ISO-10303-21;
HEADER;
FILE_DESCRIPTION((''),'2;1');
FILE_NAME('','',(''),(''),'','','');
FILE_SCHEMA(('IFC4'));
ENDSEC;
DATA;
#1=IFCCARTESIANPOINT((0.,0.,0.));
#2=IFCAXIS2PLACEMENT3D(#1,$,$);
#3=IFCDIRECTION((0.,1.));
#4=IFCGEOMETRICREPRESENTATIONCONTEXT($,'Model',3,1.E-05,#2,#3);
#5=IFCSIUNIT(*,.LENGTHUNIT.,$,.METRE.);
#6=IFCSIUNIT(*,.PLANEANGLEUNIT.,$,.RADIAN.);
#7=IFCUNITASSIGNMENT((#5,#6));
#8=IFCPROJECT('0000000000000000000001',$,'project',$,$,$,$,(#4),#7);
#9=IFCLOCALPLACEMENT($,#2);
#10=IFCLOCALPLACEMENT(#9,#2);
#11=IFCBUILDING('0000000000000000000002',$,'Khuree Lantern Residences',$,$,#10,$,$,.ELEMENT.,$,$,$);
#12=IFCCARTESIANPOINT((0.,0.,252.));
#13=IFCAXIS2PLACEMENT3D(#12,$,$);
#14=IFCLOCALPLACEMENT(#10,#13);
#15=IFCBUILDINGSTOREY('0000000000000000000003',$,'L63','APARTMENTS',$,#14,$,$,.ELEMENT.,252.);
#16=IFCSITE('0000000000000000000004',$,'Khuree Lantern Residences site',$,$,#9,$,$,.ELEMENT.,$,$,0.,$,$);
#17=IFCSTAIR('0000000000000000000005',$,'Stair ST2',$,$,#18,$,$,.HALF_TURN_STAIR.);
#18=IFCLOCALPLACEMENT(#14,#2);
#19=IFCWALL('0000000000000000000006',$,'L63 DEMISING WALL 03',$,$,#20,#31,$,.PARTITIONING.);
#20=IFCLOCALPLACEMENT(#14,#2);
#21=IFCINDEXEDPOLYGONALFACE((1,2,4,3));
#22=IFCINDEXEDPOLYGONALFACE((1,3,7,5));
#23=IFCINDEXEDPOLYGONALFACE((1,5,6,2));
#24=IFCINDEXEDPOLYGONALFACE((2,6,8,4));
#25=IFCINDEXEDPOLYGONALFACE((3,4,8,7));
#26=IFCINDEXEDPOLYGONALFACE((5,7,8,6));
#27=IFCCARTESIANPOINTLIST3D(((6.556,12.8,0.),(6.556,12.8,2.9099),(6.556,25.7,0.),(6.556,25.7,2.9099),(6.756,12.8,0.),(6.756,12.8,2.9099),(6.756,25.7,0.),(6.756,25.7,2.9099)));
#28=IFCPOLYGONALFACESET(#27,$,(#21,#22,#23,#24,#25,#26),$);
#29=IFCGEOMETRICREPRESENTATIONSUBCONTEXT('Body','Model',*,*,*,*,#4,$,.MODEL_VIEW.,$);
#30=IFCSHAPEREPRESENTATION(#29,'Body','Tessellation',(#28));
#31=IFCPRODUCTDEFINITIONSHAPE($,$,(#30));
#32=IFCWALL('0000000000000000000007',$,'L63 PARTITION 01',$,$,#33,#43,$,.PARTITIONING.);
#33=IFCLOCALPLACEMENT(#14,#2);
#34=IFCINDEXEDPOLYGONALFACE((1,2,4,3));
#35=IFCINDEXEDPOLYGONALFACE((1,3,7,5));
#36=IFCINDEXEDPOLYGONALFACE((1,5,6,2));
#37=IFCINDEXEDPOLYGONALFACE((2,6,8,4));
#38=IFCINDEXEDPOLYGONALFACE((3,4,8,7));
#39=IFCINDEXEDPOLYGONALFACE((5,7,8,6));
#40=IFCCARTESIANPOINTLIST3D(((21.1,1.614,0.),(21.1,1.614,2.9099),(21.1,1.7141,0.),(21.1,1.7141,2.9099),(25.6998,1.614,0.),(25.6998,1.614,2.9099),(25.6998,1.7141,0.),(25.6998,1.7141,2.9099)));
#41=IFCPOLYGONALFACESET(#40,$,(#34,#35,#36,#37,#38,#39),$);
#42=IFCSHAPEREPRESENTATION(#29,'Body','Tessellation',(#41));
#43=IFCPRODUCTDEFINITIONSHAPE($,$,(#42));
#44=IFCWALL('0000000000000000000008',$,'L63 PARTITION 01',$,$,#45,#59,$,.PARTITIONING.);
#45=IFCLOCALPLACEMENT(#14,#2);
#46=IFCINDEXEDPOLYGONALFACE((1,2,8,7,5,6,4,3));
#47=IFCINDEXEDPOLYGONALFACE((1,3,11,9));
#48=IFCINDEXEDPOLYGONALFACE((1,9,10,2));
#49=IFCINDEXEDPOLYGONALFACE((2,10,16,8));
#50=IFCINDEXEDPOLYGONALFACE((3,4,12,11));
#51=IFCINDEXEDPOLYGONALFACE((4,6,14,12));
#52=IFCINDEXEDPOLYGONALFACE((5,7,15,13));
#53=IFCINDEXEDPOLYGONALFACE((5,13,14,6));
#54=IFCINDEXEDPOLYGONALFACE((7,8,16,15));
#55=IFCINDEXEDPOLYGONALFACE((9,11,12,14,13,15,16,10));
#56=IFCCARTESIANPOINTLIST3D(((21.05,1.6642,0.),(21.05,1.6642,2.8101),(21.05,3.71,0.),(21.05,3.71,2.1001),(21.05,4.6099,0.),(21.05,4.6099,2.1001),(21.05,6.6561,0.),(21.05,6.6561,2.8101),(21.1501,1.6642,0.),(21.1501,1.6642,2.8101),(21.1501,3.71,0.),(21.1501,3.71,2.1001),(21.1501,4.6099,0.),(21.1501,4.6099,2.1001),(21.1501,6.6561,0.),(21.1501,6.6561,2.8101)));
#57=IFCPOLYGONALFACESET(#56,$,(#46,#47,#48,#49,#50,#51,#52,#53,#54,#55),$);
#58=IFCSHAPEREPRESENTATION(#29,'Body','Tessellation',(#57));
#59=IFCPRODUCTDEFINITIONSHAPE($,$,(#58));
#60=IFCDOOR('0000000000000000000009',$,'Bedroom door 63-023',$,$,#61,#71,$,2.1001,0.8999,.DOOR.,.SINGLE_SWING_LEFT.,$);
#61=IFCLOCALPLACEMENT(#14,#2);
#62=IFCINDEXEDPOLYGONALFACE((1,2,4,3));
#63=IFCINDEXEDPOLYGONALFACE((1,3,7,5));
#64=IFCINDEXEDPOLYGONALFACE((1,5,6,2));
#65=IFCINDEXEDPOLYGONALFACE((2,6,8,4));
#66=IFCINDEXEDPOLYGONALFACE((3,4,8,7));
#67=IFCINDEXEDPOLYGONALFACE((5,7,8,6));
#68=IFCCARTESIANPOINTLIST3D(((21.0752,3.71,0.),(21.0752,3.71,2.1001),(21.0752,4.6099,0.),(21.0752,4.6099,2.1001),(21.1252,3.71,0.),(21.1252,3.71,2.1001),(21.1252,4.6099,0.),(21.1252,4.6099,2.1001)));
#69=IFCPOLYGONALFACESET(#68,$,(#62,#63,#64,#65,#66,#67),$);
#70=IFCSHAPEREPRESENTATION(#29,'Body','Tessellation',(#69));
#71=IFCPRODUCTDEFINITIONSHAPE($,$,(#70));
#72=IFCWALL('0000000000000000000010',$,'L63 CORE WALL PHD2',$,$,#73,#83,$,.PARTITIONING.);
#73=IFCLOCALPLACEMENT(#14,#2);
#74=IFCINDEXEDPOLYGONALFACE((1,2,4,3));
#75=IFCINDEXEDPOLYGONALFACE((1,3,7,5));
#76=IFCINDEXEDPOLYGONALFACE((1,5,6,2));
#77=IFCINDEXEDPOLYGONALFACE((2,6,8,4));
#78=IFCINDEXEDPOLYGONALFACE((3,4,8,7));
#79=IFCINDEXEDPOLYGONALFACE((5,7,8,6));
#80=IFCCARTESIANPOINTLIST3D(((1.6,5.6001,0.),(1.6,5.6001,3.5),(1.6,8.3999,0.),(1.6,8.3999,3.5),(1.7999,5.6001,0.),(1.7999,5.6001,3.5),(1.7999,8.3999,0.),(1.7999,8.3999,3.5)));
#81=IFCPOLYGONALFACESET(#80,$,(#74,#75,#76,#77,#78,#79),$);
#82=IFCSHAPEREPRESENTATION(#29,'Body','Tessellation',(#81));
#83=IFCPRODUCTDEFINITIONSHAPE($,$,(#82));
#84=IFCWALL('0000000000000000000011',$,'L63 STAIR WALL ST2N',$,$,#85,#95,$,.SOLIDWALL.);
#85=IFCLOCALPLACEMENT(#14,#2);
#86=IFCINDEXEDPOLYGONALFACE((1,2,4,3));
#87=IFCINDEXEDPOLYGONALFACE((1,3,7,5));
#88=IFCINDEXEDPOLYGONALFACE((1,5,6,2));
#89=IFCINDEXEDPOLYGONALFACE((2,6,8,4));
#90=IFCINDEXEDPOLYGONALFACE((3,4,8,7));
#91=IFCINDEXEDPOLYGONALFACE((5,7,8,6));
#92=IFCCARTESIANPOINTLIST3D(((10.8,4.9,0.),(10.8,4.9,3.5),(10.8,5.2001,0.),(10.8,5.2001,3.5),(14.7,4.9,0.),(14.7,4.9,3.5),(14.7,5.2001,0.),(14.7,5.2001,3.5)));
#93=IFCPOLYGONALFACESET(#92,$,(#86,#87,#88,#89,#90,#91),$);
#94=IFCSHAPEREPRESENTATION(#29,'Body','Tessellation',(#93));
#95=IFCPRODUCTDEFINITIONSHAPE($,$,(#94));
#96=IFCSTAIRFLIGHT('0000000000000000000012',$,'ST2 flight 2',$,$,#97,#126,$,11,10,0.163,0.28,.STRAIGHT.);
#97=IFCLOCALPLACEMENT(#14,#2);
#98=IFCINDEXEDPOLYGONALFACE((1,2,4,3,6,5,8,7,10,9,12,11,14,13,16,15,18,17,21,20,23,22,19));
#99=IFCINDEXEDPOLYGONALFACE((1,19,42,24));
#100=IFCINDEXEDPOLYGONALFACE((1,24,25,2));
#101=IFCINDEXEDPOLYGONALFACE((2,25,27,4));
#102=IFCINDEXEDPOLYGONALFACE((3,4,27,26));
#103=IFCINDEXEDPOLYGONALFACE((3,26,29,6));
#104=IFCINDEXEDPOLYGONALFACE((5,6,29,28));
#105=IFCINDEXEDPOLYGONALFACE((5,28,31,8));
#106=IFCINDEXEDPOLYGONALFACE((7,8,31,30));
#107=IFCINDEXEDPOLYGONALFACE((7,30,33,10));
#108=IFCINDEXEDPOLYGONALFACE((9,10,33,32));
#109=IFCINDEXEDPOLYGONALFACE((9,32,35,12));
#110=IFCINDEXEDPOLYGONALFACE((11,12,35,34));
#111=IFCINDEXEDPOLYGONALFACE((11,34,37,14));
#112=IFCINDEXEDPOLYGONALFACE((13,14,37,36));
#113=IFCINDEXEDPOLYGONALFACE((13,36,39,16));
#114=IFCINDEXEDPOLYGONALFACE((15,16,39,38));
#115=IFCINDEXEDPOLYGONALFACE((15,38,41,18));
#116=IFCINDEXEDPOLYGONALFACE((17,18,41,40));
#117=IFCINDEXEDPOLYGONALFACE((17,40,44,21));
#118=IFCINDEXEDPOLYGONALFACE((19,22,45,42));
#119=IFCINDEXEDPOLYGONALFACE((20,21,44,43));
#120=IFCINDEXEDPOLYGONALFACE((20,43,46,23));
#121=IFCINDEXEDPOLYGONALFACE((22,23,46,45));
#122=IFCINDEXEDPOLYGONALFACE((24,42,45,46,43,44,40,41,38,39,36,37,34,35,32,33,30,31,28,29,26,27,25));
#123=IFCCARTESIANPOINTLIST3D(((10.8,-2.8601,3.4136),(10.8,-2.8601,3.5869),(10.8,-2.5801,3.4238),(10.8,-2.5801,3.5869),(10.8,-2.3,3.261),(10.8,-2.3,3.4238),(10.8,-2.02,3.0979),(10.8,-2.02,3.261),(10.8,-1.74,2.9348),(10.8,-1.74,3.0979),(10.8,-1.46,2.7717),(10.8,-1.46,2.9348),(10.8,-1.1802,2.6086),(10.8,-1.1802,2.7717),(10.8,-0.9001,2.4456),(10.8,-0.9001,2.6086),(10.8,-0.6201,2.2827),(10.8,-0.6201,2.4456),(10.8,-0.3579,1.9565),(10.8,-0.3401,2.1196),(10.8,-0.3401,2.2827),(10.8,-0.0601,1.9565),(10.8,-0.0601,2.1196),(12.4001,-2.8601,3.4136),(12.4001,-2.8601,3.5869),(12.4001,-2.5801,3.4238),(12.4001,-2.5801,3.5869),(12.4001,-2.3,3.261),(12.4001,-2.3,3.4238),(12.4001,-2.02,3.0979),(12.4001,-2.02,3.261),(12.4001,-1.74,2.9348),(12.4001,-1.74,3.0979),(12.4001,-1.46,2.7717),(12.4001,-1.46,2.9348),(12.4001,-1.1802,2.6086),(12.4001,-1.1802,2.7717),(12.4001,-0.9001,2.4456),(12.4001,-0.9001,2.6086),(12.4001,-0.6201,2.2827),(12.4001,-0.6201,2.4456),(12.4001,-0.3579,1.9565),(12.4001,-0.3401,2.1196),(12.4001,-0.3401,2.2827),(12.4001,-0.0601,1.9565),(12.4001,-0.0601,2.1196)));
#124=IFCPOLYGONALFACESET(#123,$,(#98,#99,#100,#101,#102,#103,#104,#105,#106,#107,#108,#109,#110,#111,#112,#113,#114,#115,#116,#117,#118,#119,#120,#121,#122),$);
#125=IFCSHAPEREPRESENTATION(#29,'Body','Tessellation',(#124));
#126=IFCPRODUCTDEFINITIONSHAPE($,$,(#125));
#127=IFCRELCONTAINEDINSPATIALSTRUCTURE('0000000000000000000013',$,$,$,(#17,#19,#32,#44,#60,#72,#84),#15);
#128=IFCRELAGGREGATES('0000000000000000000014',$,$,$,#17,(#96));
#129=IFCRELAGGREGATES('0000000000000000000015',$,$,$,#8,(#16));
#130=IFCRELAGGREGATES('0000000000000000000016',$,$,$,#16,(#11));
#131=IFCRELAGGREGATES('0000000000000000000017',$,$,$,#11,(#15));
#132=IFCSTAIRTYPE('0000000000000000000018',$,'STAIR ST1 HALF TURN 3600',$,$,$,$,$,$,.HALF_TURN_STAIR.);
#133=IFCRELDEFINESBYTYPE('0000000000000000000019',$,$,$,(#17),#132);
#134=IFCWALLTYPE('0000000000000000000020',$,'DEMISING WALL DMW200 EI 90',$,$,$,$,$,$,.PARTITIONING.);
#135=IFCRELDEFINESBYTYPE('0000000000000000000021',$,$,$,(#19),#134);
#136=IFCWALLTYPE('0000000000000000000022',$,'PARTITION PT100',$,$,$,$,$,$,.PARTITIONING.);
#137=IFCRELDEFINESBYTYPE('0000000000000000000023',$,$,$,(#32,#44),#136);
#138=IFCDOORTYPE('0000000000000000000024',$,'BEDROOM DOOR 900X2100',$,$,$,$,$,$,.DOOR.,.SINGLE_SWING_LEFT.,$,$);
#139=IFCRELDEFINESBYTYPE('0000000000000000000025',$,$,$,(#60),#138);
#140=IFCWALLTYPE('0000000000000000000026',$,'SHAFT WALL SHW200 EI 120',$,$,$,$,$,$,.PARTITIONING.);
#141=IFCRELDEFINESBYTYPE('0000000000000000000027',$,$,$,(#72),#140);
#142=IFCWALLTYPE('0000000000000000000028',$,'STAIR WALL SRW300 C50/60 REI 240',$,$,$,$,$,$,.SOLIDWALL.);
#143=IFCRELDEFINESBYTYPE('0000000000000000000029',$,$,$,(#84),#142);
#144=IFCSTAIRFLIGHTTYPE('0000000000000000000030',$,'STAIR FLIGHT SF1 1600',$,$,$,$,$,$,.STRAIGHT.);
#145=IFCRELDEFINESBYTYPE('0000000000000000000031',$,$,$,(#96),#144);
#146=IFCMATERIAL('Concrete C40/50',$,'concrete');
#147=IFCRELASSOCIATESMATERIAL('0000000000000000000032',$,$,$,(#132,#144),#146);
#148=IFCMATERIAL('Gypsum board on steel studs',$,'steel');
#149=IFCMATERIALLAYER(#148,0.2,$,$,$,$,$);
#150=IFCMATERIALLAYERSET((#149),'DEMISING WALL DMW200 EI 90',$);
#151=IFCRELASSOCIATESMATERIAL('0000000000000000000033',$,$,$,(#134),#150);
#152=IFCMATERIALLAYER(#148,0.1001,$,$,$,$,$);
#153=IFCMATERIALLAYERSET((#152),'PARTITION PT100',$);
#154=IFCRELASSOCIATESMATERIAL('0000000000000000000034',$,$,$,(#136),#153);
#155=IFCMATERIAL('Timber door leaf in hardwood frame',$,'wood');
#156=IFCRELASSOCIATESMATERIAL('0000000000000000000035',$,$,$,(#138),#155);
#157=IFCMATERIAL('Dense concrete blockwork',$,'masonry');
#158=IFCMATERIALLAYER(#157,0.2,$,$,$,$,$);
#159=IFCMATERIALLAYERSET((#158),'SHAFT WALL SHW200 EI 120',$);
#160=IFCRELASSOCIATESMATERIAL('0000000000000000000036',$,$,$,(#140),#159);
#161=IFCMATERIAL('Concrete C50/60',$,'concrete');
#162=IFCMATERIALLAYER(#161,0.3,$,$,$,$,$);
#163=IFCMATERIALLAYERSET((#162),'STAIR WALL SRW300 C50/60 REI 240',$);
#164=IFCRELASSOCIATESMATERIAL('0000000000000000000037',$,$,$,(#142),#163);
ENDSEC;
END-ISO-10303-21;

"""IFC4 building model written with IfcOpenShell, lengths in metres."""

from ifc_helpers import new_model, si_unit, direction, frame, frame_2d, origin, place, context, subcontext, project, spatial, polyline, rectangle, outline, extrude, material, layer, layer_set, type_object, element, fill, aggregate, save


model = new_model("IFC4")

# Units and contexts
model_context = context("Model", 3, precision=1e-05, world=origin(), true_north=direction((0.0, 1.0)))
body_context = subcontext(model_context, "Body", "Model", "MODEL_VIEW")
ifc_project = project(units=[si_unit("LENGTHUNIT", "METRE"), si_unit("PLANEANGLEUNIT", "RADIAN")], contexts=[model_context])

# Site, building, storey
site_placement = place(None, origin())
site = spatial("IfcSite", under=ifc_project, at=site_placement, Name="Khuree Lantern Residences site", CompositionType="ELEMENT", RefElevation=0.0)
building_placement = place(site_placement, origin())
building = spatial("IfcBuilding", under=site, at=building_placement, Name="Khuree Lantern Residences", CompositionType="ELEMENT")
storey_placement = place(building_placement, frame((0.0, 0.0, 252.0)))
storey = spatial("IfcBuildingStorey", under=building, at=storey_placement, Name="L63", Description="APARTMENTS", CompositionType="ELEMENT", Elevation=252.0)

# Shared definitions
ifc_material_1 = material(Name="Concrete C50/60", Category="concrete")

# Stair
ifc_material_2 = material(Name="Concrete C40/50", Category="concrete")
stair_type = type_object("IfcStairType", Name="STAIR ST1 HALF TURN 3600", PredefinedType="HALF_TURN_STAIR", material=ifc_material_2)
stair_1_placement = place(storey_placement, origin())
stair_1 = element("IfcStair", 1, at=stair_1_placement, inside=storey, type_object=stair_type, Name="Stair ST2", PredefinedType="HALF_TURN_STAIR")

# Shared definitions
ifc_material_3 = material(Name="Timber door leaf in hardwood frame", Category="wood")

# Shared definitions
ifc_material_4 = material(Name="Dense concrete blockwork", Category="masonry")

# Walls
ifc_material_5 = material(Name="Gypsum board on steel studs", Category="steel")
ifc_layer_1 = layer(ifc_material_5, 0.2)
ifc_layer_set_1 = layer_set([ifc_layer_1], Name="DEMISING WALL DMW200 EI 90")
wall_type_1 = type_object("IfcWallType", Name="DEMISING WALL DMW200 EI 90", PredefinedType="PARTITIONING", material=ifc_layer_set_1)
wall_1_placement = place(storey_placement, frame((6.656, 12.8, 0.0), z_axis=(0.0, 0.0, 1.0), x_axis=(0.0, 1.0, 0.0)))
element("IfcWall", 2, at=wall_1_placement, inside=storey, type_object=wall_type_1, Name="L63 DEMISING WALL 03", PredefinedType="PARTITIONING", context=body_context, shape_type="SweptSolid", body=[
    extrude(rectangle(XDim=12.8999, YDim=0.2, at=frame_2d((6.45, 0.0))), origin(), (0.0, 0.0, 1.0), 2.9099),
])
ifc_layer_2 = layer(ifc_material_5, 0.1001)
ifc_layer_set_2 = layer_set([ifc_layer_2], Name="PARTITION PT100")
wall_type_2 = type_object("IfcWallType", Name="PARTITION PT100", PredefinedType="PARTITIONING", material=ifc_layer_set_2)
wall_2_placement = place(storey_placement, frame((21.1001, 1.6641, 0.0), z_axis=(0.0, 0.0, 1.0), x_axis=(1.0, 0.0, 0.0)))
element("IfcWall", 3, at=wall_2_placement, inside=storey, type_object=wall_type_2, Name="L63 PARTITION 01", PredefinedType="PARTITIONING", context=body_context, shape_type="SweptSolid", body=[
    extrude(rectangle(XDim=4.5999, YDim=0.1001, at=frame_2d((2.2998, 0.0))), origin(), (0.0, 0.0, 1.0), 2.9099),
])

# Wall, opening, door
wall_3_placement = place(storey_placement, frame((21.1001, 1.6641, 0.0), z_axis=(0.0, 0.0, 1.0), x_axis=(0.0, 1.0, 0.0)))
wall_3 = element("IfcWall", 4, at=wall_3_placement, inside=storey, type_object=wall_type_2, Name="L63 PARTITION 01", PredefinedType="PARTITIONING", context=body_context, shape_type="SweptSolid", body=[
    extrude(rectangle(XDim=4.9919, YDim=0.1001, at=frame_2d((2.4961, 0.0))), origin(), (0.0, 0.0, 1.0), 2.8101),
])
opening_1_placement = place(wall_3_placement, frame((2.0459, 0.0, 0.0)))
opening_1 = element("IfcOpeningElement", 5, at=opening_1_placement, cuts=wall_3, PredefinedType="OPENING", context=body_context, shape_type="SweptSolid", body=[
    extrude(rectangle(XDim=0.8999, YDim=2.1001, at=frame_2d((0.45, 1.05))), frame((0.0, 0.0601, 0.0), z_axis=(0.0, -1.0, 0.0), x_axis=(1.0, 0.0, 0.0)), (0.0, 0.0, 1.0), 0.1201),
])
door_type_1 = type_object("IfcDoorType", Name="BEDROOM DOOR 900X2100", OperationType="SINGLE_SWING_LEFT", PredefinedType="DOOR", material=ifc_material_3)
door_1_placement = place(opening_1_placement, origin())
door_1 = element("IfcDoor", 6, at=door_1_placement, inside=storey, type_object=door_type_1, Name="Bedroom door 63-023", OperationType="SINGLE_SWING_LEFT", OverallHeight=2.1001, OverallWidth=0.8999, PredefinedType="DOOR", context=body_context, shape_type="SweptSolid", body=[
    extrude(rectangle(XDim=0.8999, YDim=2.1001, at=frame_2d((0.45, 1.05))), frame((0.0, 0.0249, 0.0), z_axis=(0.0, -1.0, 0.0), x_axis=(1.0, 0.0, 0.0)), (0.0, 0.0, 1.0), 0.05),
])
fill(opening_1, door_1)

# Walls
ifc_layer_3 = layer(ifc_material_4, 0.2)
ifc_layer_set_3 = layer_set([ifc_layer_3], Name="SHAFT WALL SHW200 EI 120")
wall_type_3 = type_object("IfcWallType", Name="SHAFT WALL SHW200 EI 120", PredefinedType="PARTITIONING", material=ifc_layer_set_3)
wall_4_placement = place(storey_placement, frame((1.7, 5.6001, 0.0), z_axis=(0.0, 0.0, 1.0), x_axis=(0.0, 1.0, 0.0)))
element("IfcWall", 7, at=wall_4_placement, inside=storey, type_object=wall_type_3, Name="L63 CORE WALL PHD2", PredefinedType="PARTITIONING", context=body_context, shape_type="SweptSolid", body=[
    extrude(rectangle(XDim=2.7998, YDim=0.2, at=frame_2d((1.3999, 0.0))), origin(), (0.0, 0.0, 1.0), 3.5),
])
ifc_layer_4 = layer(ifc_material_1, 0.3)
ifc_layer_set_4 = layer_set([ifc_layer_4], Name="STAIR WALL SRW300 C50/60 REI 240")
wall_type_4 = type_object("IfcWallType", Name="STAIR WALL SRW300 C50/60 REI 240", PredefinedType="SOLIDWALL", material=ifc_layer_set_4)
wall_5_placement = place(storey_placement, frame((14.7, 5.05, 0.0), z_axis=(0.0, 0.0, 1.0), x_axis=(-1.0, 0.0, 0.0)))
element("IfcWall", 8, at=wall_5_placement, inside=storey, type_object=wall_type_4, Name="L63 STAIR WALL ST2N", PredefinedType="SOLIDWALL", context=body_context, shape_type="SweptSolid", body=[
    extrude(rectangle(XDim=3.8999, YDim=0.3, at=frame_2d((1.95, 0.0))), origin(), (0.0, 0.0, 1.0), 3.5),
])

# Stair flight
stair_flight_type = type_object("IfcStairFlightType", Name="STAIR FLIGHT SF1 1600", PredefinedType="STRAIGHT", material=ifc_material_2)
stair_flight_placement = place(storey_placement, frame((11.6001, -0.0601, 1.9565), z_axis=(0.0, 0.0, 1.0), x_axis=(0.0, -1.0, 0.0)))
stair_flight = element("IfcStairFlight", 9, at=stair_flight_placement, type_object=stair_flight_type, Name="ST2 flight 2", NumberOfRisers=11, NumberOfTreads=10, PredefinedType="STRAIGHT", RiserHeight=0.163, TreadLength=0.28, context=body_context, shape_type="SweptSolid", body=[
    extrude(outline(polyline([(0.0, 0.0), (0.0, 0.1631), (0.28, 0.1631), (0.28, 0.3262), (0.5601, 0.3262), (0.5601, 0.489), (0.8401, 0.489), (0.8401, 0.6521), (1.1201, 0.6521), (1.1201, 0.8152), (1.3999, 0.8152), (1.3999, 0.9783), (1.6799, 0.9783), (1.6799, 1.1414), (1.96, 1.1414), (1.96, 1.3044), (2.24, 1.3044), (2.24, 1.4673), (2.52, 1.4673), (2.52, 1.6304), (2.8, 1.6304), (2.8, 1.7935), (2.8, 1.457), (0.2979, 0.0), (0.0, 0.0)])), frame((0.0, 0.8, 0.0), z_axis=(0.0, -1.0, 0.0), x_axis=(1.0, 0.0, 0.0)), (0.0, 0.0, 1.0), 1.6001),
])
aggregate(stair_1, [stair_flight])

save(model, "model.ifc")
